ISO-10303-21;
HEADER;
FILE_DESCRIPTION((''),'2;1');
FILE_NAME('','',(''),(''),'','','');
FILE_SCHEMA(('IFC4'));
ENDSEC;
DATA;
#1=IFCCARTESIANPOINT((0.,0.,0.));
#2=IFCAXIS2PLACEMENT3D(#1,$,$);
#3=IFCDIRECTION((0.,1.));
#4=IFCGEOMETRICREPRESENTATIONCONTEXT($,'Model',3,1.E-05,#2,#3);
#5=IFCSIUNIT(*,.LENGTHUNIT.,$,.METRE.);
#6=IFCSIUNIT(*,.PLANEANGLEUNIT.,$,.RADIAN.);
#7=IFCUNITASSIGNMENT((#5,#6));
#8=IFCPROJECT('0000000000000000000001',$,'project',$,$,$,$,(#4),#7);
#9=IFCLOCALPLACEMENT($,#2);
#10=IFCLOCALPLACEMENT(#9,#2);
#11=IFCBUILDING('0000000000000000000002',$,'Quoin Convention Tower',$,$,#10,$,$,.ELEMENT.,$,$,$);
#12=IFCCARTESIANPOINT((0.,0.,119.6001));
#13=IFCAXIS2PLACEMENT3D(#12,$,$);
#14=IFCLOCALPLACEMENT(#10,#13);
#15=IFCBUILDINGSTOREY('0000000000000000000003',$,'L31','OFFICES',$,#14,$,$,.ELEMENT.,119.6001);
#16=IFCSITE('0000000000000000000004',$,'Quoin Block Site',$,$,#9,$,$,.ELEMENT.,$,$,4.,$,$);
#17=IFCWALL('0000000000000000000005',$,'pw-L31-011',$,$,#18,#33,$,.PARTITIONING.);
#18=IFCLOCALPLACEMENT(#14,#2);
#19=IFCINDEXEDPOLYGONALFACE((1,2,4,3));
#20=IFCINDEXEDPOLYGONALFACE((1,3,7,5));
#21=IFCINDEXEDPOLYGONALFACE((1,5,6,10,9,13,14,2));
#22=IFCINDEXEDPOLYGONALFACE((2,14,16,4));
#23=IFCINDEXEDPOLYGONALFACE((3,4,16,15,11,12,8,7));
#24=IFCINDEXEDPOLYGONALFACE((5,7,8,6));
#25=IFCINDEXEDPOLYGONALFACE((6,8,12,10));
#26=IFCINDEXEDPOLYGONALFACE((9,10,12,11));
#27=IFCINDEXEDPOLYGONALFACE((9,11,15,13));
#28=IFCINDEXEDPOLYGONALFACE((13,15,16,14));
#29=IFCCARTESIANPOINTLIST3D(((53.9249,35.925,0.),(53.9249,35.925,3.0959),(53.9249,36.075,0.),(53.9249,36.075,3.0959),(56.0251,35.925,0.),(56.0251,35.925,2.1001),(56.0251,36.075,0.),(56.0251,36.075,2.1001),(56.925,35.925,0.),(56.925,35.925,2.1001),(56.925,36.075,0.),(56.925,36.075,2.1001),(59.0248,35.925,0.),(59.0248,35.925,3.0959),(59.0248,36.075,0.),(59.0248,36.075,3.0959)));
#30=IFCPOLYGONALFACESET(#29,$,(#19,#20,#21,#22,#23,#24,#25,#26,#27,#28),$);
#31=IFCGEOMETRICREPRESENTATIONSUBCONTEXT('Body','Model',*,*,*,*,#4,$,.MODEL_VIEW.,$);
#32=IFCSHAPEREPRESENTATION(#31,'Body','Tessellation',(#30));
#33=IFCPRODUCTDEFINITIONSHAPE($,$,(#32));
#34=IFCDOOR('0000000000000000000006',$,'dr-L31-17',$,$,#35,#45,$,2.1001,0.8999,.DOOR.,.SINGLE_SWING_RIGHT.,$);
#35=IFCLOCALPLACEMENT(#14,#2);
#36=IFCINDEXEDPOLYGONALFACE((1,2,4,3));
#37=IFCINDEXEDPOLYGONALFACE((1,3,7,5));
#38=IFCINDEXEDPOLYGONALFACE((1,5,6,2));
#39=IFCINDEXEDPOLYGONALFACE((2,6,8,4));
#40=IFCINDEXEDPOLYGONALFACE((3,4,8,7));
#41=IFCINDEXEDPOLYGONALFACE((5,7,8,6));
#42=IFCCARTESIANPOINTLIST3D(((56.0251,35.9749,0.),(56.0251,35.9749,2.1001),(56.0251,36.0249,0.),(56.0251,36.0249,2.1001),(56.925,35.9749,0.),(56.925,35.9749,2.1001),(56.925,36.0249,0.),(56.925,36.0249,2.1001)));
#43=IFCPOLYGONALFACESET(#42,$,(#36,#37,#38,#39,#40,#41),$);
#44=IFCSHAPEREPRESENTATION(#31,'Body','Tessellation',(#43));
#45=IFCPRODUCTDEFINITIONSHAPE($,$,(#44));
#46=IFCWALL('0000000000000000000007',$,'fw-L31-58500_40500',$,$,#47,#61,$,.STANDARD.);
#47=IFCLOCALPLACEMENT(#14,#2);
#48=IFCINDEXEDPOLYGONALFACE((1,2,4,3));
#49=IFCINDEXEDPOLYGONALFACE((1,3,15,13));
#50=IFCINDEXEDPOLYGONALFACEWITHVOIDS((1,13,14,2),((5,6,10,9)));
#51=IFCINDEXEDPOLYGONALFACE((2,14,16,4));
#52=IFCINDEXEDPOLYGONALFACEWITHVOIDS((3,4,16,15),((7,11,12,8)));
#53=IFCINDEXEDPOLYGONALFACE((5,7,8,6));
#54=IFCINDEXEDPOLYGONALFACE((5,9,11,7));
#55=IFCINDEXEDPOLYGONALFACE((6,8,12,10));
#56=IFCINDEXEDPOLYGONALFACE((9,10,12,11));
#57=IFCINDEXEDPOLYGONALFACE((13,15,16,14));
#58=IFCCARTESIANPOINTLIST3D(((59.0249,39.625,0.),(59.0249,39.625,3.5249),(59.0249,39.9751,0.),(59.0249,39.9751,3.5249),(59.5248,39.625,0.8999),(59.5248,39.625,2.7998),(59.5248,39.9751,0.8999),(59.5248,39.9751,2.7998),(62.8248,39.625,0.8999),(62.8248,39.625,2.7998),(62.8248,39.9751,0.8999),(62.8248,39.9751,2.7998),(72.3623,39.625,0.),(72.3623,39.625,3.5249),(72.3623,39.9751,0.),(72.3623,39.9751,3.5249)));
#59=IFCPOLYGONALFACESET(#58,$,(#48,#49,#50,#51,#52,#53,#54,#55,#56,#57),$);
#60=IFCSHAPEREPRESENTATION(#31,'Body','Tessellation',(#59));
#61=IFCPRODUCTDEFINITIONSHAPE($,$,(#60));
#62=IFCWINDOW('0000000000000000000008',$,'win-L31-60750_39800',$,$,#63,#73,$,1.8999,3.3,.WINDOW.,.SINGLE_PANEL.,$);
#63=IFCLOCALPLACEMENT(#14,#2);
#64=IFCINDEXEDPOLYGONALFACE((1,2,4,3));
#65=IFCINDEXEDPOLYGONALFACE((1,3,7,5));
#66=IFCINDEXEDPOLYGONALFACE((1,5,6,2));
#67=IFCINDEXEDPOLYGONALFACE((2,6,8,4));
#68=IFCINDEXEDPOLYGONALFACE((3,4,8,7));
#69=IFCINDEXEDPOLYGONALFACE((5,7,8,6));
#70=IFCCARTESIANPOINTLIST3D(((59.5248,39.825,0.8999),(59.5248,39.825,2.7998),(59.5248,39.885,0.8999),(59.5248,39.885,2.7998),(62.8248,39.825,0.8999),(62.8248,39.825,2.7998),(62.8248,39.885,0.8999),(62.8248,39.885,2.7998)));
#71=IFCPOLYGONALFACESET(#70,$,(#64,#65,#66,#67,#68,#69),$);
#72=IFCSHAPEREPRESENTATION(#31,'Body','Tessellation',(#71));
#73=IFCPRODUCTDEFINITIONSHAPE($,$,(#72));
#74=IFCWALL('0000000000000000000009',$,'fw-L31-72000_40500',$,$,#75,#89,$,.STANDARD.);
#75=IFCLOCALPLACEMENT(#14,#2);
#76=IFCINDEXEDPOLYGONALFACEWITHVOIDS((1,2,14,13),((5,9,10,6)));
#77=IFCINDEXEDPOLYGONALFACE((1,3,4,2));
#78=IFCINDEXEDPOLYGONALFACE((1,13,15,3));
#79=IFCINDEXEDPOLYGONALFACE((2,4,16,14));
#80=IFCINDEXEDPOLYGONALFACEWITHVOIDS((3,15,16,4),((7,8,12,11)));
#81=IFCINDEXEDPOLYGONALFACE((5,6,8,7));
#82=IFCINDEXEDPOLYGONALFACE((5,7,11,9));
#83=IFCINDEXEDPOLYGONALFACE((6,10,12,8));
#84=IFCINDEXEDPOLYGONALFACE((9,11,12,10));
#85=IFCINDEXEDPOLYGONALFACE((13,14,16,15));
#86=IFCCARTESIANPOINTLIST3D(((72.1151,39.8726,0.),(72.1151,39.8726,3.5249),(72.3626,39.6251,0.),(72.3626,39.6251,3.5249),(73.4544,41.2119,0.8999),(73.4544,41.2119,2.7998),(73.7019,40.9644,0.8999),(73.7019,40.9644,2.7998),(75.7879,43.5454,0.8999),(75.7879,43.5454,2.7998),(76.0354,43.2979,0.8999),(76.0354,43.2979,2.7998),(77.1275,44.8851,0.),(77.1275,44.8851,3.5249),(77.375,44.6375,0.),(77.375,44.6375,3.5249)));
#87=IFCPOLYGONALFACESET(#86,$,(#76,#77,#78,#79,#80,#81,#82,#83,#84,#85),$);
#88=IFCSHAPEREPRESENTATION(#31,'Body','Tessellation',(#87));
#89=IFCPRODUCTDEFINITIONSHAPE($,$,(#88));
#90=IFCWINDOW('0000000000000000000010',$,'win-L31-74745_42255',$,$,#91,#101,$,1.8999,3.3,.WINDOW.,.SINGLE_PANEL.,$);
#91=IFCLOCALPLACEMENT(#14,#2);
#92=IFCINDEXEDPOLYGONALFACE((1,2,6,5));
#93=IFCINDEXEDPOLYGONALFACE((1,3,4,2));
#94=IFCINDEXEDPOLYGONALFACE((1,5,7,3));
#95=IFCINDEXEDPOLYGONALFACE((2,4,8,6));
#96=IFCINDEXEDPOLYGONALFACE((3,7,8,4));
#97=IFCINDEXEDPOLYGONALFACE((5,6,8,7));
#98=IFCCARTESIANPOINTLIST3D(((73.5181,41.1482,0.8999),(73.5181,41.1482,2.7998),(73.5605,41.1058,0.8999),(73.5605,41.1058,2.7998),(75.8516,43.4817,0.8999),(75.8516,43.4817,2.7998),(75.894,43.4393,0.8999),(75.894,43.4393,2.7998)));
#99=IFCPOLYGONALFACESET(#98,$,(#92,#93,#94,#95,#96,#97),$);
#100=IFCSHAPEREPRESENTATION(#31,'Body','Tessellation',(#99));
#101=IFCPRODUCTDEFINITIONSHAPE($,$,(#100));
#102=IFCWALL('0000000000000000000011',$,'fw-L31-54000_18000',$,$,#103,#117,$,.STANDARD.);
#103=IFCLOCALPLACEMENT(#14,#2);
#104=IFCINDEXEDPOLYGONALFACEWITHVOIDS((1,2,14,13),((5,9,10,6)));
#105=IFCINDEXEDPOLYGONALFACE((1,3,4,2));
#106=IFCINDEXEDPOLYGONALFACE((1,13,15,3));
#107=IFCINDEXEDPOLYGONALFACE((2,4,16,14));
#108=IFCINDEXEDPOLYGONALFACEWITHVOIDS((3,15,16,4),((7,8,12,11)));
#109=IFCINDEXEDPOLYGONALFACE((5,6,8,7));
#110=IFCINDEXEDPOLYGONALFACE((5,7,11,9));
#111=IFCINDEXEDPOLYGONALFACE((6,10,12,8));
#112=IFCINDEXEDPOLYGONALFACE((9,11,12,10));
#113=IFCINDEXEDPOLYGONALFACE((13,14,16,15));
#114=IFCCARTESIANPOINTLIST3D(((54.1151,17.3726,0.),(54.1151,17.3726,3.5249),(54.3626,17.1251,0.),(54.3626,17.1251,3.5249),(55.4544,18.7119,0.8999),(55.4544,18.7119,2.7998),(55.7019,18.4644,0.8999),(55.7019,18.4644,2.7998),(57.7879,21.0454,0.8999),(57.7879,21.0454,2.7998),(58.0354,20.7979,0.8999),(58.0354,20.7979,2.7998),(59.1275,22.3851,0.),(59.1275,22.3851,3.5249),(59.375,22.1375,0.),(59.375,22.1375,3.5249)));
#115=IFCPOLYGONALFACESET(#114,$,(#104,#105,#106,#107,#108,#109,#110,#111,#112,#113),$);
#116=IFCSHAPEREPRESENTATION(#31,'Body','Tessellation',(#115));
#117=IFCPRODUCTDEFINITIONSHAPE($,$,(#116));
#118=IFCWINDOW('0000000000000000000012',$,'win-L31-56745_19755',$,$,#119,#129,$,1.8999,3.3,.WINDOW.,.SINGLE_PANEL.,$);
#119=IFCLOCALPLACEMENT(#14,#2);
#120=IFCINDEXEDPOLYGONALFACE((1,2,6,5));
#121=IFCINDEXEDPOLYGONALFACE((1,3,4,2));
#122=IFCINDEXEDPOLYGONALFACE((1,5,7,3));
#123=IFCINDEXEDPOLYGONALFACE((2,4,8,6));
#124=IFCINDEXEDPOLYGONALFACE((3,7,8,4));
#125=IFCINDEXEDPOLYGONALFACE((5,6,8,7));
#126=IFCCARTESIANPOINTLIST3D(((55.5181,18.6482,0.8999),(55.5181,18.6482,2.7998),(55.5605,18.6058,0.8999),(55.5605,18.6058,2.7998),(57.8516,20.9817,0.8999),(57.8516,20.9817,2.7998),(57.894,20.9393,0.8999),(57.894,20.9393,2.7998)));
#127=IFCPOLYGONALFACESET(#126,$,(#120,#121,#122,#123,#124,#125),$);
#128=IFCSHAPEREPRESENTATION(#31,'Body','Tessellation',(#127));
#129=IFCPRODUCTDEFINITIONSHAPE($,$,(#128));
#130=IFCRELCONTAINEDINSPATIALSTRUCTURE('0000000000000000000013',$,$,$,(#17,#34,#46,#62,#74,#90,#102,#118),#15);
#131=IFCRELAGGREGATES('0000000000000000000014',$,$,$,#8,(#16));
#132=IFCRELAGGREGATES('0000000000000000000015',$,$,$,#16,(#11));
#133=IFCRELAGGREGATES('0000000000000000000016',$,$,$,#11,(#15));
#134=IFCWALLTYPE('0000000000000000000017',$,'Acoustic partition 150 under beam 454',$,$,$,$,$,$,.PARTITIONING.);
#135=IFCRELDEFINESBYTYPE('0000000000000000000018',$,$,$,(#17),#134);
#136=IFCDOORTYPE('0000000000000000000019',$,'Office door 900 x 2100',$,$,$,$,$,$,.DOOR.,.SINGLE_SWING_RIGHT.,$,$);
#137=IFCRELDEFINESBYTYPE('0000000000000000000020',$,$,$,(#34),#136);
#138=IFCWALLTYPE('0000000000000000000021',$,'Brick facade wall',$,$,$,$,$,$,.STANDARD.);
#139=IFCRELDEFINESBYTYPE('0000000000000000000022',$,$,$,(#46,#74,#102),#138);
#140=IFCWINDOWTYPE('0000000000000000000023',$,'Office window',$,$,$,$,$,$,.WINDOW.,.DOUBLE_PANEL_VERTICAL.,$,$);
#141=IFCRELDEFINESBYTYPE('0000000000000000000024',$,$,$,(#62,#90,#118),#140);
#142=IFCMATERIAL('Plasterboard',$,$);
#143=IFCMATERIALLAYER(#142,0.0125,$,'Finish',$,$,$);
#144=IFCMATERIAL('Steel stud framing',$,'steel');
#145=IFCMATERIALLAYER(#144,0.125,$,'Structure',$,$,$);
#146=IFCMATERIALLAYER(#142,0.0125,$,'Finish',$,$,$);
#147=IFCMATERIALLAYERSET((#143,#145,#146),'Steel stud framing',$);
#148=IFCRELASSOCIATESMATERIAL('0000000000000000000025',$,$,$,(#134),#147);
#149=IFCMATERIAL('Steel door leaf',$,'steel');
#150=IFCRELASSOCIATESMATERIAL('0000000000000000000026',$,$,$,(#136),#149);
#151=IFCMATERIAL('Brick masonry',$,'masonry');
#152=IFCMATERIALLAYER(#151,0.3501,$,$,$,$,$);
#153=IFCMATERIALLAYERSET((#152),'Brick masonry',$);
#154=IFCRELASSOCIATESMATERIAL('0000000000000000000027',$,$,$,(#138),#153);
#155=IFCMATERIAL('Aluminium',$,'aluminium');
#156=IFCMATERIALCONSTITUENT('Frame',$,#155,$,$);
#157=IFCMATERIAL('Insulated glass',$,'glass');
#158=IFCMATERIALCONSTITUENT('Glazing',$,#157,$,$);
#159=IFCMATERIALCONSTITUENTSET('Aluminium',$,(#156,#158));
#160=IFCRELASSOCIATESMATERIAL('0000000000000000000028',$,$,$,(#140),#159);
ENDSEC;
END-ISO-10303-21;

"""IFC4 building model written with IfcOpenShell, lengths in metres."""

from ifc_helpers import new_model, si_unit, direction, frame, frame_2d, origin, place, context, subcontext, project, spatial, rectangle, extrude, material, layer, layer_set, constituent, constituent_set, type_object, element, fill, save


model = new_model("IFC4")

# Units and contexts
model_context = context("Model", 3, precision=1e-05, world=origin(), true_north=direction((0.0, 1.0)))
body_context = subcontext(model_context, "Body", "Model", "MODEL_VIEW")
ifc_project = project(units=[si_unit("LENGTHUNIT", "METRE"), si_unit("PLANEANGLEUNIT", "RADIAN")], contexts=[model_context])

# Site, building, storey
site_placement = place(None, origin())
site = spatial("IfcSite", under=ifc_project, at=site_placement, Name="Quoin Block Site", CompositionType="ELEMENT", RefElevation=4.0)
building_placement = place(site_placement, origin())
building = spatial("IfcBuilding", under=site, at=building_placement, Name="Quoin Convention Tower", CompositionType="ELEMENT")
storey_placement = place(building_placement, frame((0.0, 0.0, 119.6001)))
storey = spatial("IfcBuildingStorey", under=building, at=storey_placement, Name="L31", Description="OFFICES", CompositionType="ELEMENT", Elevation=119.6001)

# Shared definitions
ifc_material_1 = material(Name="Plasterboard")
ifc_material_2 = material(Name="Steel stud framing", Category="steel")

# Wall, opening, door
ifc_layer_1 = layer(ifc_material_1, 0.0125, Name="Finish")
ifc_layer_2 = layer(ifc_material_2, 0.125, Name="Structure")
ifc_layer_3 = layer(ifc_material_1, 0.0125, Name="Finish")
ifc_layer_set_1 = layer_set([ifc_layer_1, ifc_layer_2, ifc_layer_3], Name="Steel stud framing")
wall_type_1 = type_object("IfcWallType", Name="Acoustic partition 150 under beam 454", PredefinedType="PARTITIONING", material=ifc_layer_set_1)
wall_1_placement = place(storey_placement, frame((53.925, 36.0, 0.0), z_axis=(0.0, 0.0, 1.0), x_axis=(1.0, 0.0, 0.0)))
wall_1 = element("IfcWall", 1, at=wall_1_placement, inside=storey, type_object=wall_type_1, Name="pw-L31-011", PredefinedType="PARTITIONING", context=body_context, shape_type="SweptSolid", body=[
    extrude(rectangle(XDim=5.0999, YDim=0.1499, at=frame_2d((2.5498, 0.0))), origin(), (0.0, 0.0, 1.0), 3.0959),
])
opening_1_placement = place(wall_1_placement, frame((2.1001, 0.0, 0.0)))
opening_1 = element("IfcOpeningElement", 2, at=opening_1_placement, cuts=wall_1, PredefinedType="OPENING", context=body_context, shape_type="SweptSolid", body=[
    extrude(rectangle(XDim=0.8999, YDim=2.1001, at=frame_2d((0.45, 1.05))), frame((0.0, 0.085, 0.0), z_axis=(0.0, -1.0, 0.0), x_axis=(1.0, 0.0, 0.0)), (0.0, 0.0, 1.0), 0.1699),
])
ifc_material_3 = material(Name="Steel door leaf", Category="steel")
door_type = type_object("IfcDoorType", Name="Office door 900 x 2100", OperationType="SINGLE_SWING_RIGHT", PredefinedType="DOOR", material=ifc_material_3)
door_1_placement = place(opening_1_placement, origin())
door_1 = element("IfcDoor", 3, at=door_1_placement, inside=storey, type_object=door_type, Name="dr-L31-17", OperationType="SINGLE_SWING_RIGHT", OverallHeight=2.1001, OverallWidth=0.8999, PredefinedType="DOOR", context=body_context, shape_type="SweptSolid", body=[
    extrude(rectangle(XDim=0.8999, YDim=2.1001, at=frame_2d((0.45, 1.05))), frame((0.0, 0.0249, 0.0), z_axis=(0.0, -1.0, 0.0), x_axis=(1.0, 0.0, 0.0)), (0.0, 0.0, 1.0), 0.05),
])
fill(opening_1, door_1)

# Walls, openings, windows
ifc_material_4 = material(Name="Brick masonry", Category="masonry")
ifc_layer_4 = layer(ifc_material_4, 0.3501)
ifc_layer_set_2 = layer_set([ifc_layer_4], Name="Brick masonry")
wall_type_2 = type_object("IfcWallType", Name="Brick facade wall", PredefinedType="STANDARD", material=ifc_layer_set_2)
wall_2_placement = place(storey_placement, frame((59.0249, 39.8, 0.0), z_axis=(0.0, 0.0, 1.0), x_axis=(1.0, 0.0, 0.0)))
wall_2 = element("IfcWall", 4, at=wall_2_placement, inside=storey, type_object=wall_type_2, Name="fw-L31-58500_40500", PredefinedType="STANDARD", context=body_context, shape_type="SweptSolid", body=[
    extrude(rectangle(XDim=13.3374, YDim=0.3501, at=frame_2d((6.6687, 0.0))), origin(), (0.0, 0.0, 1.0), 3.5249),
])
opening_2_placement = place(wall_2_placement, frame((0.5, 0.0, 0.8999)))
opening_2 = element("IfcOpeningElement", 5, at=opening_2_placement, cuts=wall_2, PredefinedType="OPENING", context=body_context, shape_type="SweptSolid", body=[
    extrude(rectangle(XDim=3.3, YDim=1.8999, at=frame_2d((1.6499, 0.95))), frame((0.0, 0.1851, 0.0), z_axis=(0.0, -1.0, 0.0), x_axis=(1.0, 0.0, 0.0)), (0.0, 0.0, 1.0), 0.3701),
])
ifc_material_5 = material(Name="Aluminium", Category="aluminium")
ifc_constituent_1 = constituent(ifc_material_5, Name="Frame")
ifc_material_6 = material(Name="Insulated glass", Category="glass")
ifc_constituent_2 = constituent(ifc_material_6, Name="Glazing")
ifc_constituent_set = constituent_set(constituents=[ifc_constituent_1, ifc_constituent_2], Name="Aluminium")
window_type = type_object("IfcWindowType", Name="Office window", PartitioningType="DOUBLE_PANEL_VERTICAL", PredefinedType="WINDOW", material=ifc_constituent_set)
window_1_placement = place(opening_2_placement, origin())
window_1 = element("IfcWindow", 6, at=window_1_placement, inside=storey, type_object=window_type, Name="win-L31-60750_39800", OverallHeight=1.8999, OverallWidth=3.3, PartitioningType="SINGLE_PANEL", PredefinedType="WINDOW", context=body_context, shape_type="SweptSolid", body=[
    extrude(rectangle(XDim=3.3, YDim=1.8999, at=frame_2d((1.6499, 0.95))), frame((0.0, 0.085, 0.0), z_axis=(0.0, -1.0, 0.0), x_axis=(1.0, 0.0, 0.0)), (0.0, 0.0, 1.0), 0.0601),
])
fill(opening_2, window_1)
wall_3_placement = place(storey_placement, frame((72.2388, 39.7488, 0.0), z_axis=(0.0, 0.0, 1.0), x_axis=(0.707107, 0.707107, 0.0)))
wall_3 = element("IfcWall", 7, at=wall_3_placement, inside=storey, type_object=wall_type_2, Name="fw-L31-72000_40500", PredefinedType="STANDARD", context=body_context, shape_type="SweptSolid", body=[
    extrude(rectangle(XDim=7.0886, YDim=0.3501, at=frame_2d((3.5444, 0.0))), origin(), (0.0, 0.0, 1.0), 3.5249),
])
opening_3_placement = place(wall_3_placement, frame((1.8943, 0.0, 0.8999)))
opening_3 = element("IfcOpeningElement", 8, at=opening_3_placement, cuts=wall_3, PredefinedType="OPENING", context=body_context, shape_type="SweptSolid", body=[
    extrude(rectangle(XDim=3.3, YDim=1.8999, at=frame_2d((1.6499, 0.95))), frame((0.0, 0.1851, 0.0), z_axis=(0.0, -1.0, 0.0), x_axis=(1.0, 0.0, 0.0)), (0.0, 0.0, 1.0), 0.3701),
])
window_2_placement = place(opening_3_placement, origin())
window_2 = element("IfcWindow", 9, at=window_2_placement, inside=storey, type_object=window_type, Name="win-L31-74745_42255", OverallHeight=1.8999, OverallWidth=3.3, PartitioningType="SINGLE_PANEL", PredefinedType="WINDOW", context=body_context, shape_type="SweptSolid", body=[
    extrude(rectangle(XDim=3.3, YDim=1.8999, at=frame_2d((1.6499, 0.95))), frame((0.0, 0.085, 0.0), z_axis=(0.0, -1.0, 0.0), x_axis=(1.0, 0.0, 0.0)), (0.0, 0.0, 1.0), 0.0601),
])
fill(opening_3, window_2)
wall_4_placement = place(storey_placement, frame((54.2388, 17.2488, 0.0), z_axis=(0.0, 0.0, 1.0), x_axis=(0.707107, 0.707107, 0.0)))
wall_4 = element("IfcWall", 10, at=wall_4_placement, inside=storey, type_object=wall_type_2, Name="fw-L31-54000_18000", PredefinedType="STANDARD", context=body_context, shape_type="SweptSolid", body=[
    extrude(rectangle(XDim=7.0886, YDim=0.3501, at=frame_2d((3.5444, 0.0))), origin(), (0.0, 0.0, 1.0), 3.5249),
])
opening_4_placement = place(wall_4_placement, frame((1.8943, 0.0, 0.8999)))
opening_4 = element("IfcOpeningElement", 11, at=opening_4_placement, cuts=wall_4, PredefinedType="OPENING", context=body_context, shape_type="SweptSolid", body=[
    extrude(rectangle(XDim=3.3, YDim=1.8999, at=frame_2d((1.6499, 0.95))), frame((0.0, 0.1851, 0.0), z_axis=(0.0, -1.0, 0.0), x_axis=(1.0, 0.0, 0.0)), (0.0, 0.0, 1.0), 0.3701),
])
window_3_placement = place(opening_4_placement, origin())
window_3 = element("IfcWindow", 12, at=window_3_placement, inside=storey, type_object=window_type, Name="win-L31-56745_19755", OverallHeight=1.8999, OverallWidth=3.3, PartitioningType="SINGLE_PANEL", PredefinedType="WINDOW", context=body_context, shape_type="SweptSolid", body=[
    extrude(rectangle(XDim=3.3, YDim=1.8999, at=frame_2d((1.6499, 0.95))), frame((0.0, 0.085, 0.0), z_axis=(0.0, -1.0, 0.0), x_axis=(1.0, 0.0, 0.0)), (0.0, 0.0, 1.0), 0.0601),
])
fill(opening_4, window_3)

save(model, "model.ifc")
